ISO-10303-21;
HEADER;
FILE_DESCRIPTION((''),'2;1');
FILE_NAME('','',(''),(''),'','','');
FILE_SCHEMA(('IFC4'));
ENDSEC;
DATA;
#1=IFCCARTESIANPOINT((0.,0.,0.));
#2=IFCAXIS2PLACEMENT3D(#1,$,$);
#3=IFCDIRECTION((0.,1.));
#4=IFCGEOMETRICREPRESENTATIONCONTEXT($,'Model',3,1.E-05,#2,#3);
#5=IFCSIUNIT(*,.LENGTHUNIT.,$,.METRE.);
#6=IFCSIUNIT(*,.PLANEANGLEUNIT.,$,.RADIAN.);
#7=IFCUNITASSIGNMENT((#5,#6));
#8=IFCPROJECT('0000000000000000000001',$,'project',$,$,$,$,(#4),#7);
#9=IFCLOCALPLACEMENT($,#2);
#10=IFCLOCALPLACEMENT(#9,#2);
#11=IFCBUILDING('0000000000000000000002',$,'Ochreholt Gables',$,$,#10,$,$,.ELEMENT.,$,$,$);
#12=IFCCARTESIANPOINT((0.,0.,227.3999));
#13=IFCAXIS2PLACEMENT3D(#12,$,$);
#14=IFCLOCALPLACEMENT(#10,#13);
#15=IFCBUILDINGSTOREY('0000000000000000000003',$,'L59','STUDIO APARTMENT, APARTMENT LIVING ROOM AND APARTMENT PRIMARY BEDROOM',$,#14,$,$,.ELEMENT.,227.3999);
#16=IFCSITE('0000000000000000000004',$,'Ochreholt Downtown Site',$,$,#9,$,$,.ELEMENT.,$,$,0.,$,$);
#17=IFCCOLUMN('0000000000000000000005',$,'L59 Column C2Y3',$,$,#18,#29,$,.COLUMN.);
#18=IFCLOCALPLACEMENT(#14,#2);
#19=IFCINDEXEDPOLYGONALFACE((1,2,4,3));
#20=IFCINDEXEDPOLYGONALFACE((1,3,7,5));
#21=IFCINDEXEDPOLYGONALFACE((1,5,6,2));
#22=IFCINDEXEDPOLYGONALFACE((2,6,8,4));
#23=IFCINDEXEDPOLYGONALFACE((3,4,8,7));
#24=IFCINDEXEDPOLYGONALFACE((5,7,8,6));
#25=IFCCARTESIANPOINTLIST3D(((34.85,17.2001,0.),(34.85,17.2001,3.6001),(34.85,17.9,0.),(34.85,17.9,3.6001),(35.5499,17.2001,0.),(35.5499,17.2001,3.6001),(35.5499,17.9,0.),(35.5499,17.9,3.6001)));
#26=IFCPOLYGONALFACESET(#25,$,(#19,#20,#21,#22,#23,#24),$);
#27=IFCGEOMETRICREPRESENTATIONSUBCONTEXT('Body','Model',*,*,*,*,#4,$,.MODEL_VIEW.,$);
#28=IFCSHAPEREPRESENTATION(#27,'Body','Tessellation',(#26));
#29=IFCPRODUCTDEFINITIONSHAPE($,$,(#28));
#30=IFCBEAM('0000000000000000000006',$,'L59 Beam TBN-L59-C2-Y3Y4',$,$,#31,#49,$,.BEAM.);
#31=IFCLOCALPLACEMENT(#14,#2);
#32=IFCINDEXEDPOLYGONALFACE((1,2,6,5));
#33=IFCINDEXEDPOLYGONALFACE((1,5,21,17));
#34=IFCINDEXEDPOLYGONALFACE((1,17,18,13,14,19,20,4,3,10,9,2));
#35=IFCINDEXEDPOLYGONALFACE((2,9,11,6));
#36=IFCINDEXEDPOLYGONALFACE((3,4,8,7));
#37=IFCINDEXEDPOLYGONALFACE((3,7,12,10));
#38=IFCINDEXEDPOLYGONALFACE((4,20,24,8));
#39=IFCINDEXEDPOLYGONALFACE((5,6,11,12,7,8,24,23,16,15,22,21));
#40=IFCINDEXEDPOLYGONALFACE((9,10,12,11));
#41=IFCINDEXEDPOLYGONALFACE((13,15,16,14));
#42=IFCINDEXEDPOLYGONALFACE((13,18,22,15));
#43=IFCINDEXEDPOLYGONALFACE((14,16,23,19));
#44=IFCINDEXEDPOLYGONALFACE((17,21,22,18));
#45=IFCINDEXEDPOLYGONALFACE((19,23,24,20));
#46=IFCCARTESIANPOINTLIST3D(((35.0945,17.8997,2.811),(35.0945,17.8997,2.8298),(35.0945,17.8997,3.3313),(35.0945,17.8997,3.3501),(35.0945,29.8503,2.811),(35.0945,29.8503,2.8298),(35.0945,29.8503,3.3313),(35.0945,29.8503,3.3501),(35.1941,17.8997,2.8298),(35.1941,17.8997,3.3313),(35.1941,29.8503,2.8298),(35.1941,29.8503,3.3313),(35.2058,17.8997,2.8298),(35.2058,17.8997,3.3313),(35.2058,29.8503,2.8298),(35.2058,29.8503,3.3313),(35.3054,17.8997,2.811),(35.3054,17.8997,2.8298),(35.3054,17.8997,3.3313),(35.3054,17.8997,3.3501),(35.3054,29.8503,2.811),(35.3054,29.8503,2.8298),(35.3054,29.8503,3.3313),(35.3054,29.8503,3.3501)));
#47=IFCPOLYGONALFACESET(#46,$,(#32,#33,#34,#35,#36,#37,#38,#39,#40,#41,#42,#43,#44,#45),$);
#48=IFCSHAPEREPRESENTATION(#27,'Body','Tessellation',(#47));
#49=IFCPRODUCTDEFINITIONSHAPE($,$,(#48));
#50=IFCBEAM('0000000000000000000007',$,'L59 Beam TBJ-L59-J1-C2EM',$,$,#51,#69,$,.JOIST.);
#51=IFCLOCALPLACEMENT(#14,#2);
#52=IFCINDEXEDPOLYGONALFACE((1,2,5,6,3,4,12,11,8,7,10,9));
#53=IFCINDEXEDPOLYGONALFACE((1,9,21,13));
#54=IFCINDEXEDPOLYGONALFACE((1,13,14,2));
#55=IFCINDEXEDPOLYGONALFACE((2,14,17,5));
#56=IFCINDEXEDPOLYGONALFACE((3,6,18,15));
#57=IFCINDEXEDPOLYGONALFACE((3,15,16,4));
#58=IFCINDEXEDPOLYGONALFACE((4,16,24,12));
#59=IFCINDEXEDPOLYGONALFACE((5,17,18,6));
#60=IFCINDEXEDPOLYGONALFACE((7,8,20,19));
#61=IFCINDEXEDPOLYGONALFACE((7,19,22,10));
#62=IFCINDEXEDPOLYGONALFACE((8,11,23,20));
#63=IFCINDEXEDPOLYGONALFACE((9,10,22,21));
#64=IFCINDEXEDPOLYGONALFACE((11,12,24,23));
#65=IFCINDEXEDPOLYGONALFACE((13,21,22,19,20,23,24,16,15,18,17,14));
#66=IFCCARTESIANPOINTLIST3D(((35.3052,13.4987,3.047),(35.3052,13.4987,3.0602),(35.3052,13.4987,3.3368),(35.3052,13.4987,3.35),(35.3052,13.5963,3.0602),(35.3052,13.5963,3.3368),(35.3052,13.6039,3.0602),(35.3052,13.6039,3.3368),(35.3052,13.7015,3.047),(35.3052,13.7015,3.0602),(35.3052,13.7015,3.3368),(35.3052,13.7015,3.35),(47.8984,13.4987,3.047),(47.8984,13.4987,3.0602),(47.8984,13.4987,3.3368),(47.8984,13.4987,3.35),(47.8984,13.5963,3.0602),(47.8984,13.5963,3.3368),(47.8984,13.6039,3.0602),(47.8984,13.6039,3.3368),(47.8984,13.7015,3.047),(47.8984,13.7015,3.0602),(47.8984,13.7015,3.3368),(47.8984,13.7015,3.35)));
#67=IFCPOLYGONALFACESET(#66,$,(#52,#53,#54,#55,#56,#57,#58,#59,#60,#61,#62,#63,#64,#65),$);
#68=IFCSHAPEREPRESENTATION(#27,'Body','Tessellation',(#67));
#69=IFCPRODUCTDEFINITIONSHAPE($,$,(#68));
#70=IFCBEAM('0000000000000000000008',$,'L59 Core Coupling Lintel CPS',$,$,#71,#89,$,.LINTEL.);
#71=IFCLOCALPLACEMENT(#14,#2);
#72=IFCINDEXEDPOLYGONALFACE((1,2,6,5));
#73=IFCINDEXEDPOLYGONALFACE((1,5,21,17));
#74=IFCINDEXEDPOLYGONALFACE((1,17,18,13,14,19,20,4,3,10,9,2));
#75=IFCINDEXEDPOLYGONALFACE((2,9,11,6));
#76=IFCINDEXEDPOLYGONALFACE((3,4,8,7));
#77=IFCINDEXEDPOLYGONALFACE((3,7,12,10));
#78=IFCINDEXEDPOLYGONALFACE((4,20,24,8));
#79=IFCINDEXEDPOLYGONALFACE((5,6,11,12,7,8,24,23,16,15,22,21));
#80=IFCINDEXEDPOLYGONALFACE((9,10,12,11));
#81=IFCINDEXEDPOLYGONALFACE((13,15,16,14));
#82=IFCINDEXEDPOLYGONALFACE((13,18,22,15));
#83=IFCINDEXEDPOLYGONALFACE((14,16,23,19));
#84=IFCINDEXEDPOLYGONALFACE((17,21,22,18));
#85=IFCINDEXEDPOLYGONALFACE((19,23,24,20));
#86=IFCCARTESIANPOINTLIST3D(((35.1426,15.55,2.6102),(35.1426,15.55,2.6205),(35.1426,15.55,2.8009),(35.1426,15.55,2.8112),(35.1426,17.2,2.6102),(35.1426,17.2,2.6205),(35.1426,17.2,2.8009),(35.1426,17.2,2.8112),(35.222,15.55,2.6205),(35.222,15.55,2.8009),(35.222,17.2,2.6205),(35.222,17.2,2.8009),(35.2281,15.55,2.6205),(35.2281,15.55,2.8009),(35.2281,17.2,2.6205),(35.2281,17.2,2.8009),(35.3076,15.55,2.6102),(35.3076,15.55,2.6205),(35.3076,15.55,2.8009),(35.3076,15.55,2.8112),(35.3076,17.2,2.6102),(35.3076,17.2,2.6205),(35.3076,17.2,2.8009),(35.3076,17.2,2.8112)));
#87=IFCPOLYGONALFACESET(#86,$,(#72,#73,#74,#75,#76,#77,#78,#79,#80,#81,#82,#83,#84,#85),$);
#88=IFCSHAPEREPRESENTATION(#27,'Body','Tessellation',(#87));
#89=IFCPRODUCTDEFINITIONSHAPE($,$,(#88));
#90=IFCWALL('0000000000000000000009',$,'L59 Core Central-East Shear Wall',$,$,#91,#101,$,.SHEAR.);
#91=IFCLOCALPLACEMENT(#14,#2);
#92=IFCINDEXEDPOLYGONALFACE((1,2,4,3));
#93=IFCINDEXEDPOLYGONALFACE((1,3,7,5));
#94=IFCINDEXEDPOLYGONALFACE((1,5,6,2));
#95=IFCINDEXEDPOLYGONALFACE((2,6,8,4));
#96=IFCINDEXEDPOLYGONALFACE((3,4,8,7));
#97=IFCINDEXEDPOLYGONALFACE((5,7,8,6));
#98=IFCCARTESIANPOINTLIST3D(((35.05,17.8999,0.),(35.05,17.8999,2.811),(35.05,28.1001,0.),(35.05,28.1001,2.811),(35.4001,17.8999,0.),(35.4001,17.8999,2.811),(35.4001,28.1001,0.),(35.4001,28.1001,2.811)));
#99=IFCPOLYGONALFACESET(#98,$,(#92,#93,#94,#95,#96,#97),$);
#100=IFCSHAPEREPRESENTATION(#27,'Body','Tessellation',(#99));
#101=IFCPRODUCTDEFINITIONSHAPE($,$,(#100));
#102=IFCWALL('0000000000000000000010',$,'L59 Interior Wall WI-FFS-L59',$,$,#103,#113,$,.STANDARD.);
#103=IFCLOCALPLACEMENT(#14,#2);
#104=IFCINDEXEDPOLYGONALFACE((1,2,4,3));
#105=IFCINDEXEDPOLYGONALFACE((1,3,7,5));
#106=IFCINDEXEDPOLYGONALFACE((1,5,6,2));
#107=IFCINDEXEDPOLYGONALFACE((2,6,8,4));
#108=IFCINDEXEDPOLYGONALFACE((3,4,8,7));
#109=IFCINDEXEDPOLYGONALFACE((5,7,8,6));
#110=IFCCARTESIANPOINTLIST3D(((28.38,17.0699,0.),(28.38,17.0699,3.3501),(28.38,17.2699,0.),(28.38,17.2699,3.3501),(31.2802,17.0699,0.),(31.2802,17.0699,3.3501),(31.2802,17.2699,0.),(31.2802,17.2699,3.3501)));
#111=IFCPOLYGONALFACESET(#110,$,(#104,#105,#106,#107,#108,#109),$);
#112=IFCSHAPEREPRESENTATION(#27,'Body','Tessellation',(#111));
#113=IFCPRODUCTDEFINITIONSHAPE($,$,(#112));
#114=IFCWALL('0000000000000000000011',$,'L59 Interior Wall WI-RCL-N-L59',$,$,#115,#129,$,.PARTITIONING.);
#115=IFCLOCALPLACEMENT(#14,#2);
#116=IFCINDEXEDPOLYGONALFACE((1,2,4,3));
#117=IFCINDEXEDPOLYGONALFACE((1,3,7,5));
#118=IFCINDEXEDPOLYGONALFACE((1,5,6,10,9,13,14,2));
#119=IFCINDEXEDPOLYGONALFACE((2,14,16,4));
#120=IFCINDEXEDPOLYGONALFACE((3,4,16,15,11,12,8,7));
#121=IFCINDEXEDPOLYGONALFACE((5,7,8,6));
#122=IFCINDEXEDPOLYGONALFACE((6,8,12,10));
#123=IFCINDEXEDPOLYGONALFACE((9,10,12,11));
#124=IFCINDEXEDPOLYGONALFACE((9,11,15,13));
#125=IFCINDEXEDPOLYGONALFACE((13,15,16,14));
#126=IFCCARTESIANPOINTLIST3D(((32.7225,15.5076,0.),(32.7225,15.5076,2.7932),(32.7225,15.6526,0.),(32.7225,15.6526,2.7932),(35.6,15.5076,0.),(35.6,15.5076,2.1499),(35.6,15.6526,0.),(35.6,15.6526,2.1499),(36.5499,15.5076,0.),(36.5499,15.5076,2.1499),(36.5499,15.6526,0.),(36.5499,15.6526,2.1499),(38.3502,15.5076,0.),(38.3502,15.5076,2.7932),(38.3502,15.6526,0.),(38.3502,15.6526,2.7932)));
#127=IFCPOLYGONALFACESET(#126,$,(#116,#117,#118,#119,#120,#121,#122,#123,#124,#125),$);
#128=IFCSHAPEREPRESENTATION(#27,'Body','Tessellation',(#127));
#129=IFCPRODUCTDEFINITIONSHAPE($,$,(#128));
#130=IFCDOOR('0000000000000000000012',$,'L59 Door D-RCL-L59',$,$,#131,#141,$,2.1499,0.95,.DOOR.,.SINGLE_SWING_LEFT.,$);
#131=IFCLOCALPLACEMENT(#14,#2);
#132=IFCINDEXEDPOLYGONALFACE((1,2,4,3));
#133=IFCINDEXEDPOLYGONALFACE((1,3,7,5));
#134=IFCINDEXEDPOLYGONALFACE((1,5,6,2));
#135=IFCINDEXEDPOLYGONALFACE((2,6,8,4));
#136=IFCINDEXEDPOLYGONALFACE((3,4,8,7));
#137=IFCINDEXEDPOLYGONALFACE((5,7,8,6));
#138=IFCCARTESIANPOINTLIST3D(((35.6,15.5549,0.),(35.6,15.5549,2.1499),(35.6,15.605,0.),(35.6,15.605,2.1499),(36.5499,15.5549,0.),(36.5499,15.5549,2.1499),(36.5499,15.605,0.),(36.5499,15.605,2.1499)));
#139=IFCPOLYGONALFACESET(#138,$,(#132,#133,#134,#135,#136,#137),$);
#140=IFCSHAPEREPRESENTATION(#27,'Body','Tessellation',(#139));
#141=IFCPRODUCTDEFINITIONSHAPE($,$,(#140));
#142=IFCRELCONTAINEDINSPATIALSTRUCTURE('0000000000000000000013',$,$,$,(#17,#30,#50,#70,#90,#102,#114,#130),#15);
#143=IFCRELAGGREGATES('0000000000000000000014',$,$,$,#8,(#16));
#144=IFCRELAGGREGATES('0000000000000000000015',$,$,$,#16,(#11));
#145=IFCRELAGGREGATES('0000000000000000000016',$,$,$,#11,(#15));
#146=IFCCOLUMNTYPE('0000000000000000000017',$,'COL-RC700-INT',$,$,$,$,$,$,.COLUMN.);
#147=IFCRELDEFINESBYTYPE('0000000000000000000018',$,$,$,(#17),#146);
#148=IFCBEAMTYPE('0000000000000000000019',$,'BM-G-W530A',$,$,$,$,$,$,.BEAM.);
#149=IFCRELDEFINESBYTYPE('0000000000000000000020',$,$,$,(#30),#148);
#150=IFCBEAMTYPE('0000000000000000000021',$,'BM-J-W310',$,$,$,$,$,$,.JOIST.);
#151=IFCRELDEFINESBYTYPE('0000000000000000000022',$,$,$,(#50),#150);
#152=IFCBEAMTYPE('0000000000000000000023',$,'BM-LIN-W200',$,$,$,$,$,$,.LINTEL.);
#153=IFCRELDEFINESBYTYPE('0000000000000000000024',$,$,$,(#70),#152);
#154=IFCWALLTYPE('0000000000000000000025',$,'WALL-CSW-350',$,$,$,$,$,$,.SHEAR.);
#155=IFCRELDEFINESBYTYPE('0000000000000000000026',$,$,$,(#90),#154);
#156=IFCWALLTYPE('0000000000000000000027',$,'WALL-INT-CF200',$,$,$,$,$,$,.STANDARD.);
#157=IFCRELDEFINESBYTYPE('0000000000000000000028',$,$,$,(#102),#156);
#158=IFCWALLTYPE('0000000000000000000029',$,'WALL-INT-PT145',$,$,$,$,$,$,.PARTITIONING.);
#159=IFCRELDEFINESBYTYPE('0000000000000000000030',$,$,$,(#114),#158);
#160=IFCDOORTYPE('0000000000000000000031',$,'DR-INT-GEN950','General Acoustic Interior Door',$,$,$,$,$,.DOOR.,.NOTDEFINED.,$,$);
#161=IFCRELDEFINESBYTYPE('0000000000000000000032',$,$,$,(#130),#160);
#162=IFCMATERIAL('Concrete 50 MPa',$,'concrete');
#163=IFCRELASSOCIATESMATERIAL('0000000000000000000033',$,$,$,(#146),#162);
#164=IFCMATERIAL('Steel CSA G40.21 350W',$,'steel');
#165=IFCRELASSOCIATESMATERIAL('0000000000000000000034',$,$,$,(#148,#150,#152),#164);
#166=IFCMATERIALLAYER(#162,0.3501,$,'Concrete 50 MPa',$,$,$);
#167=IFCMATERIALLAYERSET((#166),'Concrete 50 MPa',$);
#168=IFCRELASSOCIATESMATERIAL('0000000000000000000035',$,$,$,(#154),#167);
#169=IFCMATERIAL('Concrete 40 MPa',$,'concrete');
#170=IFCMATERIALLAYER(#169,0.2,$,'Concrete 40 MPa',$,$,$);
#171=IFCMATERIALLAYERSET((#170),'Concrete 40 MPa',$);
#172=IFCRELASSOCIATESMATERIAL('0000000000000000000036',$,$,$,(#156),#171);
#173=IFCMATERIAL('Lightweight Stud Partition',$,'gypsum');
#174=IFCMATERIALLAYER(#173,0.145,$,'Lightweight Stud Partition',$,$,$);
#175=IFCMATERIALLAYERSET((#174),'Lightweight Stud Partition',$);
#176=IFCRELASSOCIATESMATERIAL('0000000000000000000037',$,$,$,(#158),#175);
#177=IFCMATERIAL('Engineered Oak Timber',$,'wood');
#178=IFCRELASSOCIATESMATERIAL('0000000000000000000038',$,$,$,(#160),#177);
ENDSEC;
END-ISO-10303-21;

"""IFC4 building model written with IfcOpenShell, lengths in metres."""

from ifc_helpers import new_model, si_unit, direction, frame, frame_2d, origin, origin_2d, place, context, subcontext, project, spatial, rectangle, i_section, extrude, material, layer, layer_set, material_profile, profile_set, type_object, element, fill, save


model = new_model("IFC4")

# Units and contexts
model_context = context("Model", 3, precision=1e-05, world=origin(), true_north=direction((0.0, 1.0)))
body_context = subcontext(model_context, "Body", "Model", "MODEL_VIEW")
ifc_project = project(units=[si_unit("LENGTHUNIT", "METRE"), si_unit("PLANEANGLEUNIT", "RADIAN")], contexts=[model_context])

# Site, building, storey
site_placement = place(None, origin())
site = spatial("IfcSite", under=ifc_project, at=site_placement, Name="Ochreholt Downtown Site", CompositionType="ELEMENT", RefElevation=0.0)
building_placement = place(site_placement, origin())
building = spatial("IfcBuilding", under=site, at=building_placement, Name="Ochreholt Gables", CompositionType="ELEMENT")
storey_placement = place(building_placement, frame((0.0, 0.0, 227.3999)))
storey = spatial("IfcBuildingStorey", under=building, at=storey_placement, Name="L59", Description="STUDIO APARTMENT, APARTMENT LIVING ROOM AND APARTMENT PRIMARY BEDROOM", CompositionType="ELEMENT", Elevation=227.3999)

# Column
ifc_material_1 = material(Name="Concrete 50 MPa", Category="concrete")
ifc_material_profile_1 = material_profile(ifc_material_1, rectangle(XDim=0.7, YDim=0.7, at=origin_2d()), Name="RC700X700")
ifc_profile_set_1 = profile_set([ifc_material_profile_1], Name="Concrete 50 MPa")
column_type = type_object("IfcColumnType", Name="COL-RC700-INT", PredefinedType="COLUMN", material=ifc_profile_set_1)
column_placement = place(storey_placement, frame((35.2, 17.55, 0.0), z_axis=(0.0, 0.0, 1.0), x_axis=(1.0, 0.0, 0.0)))
element("IfcColumn", 1, at=column_placement, inside=storey, type_object=column_type, Name="L59 Column C2Y3", PredefinedType="COLUMN", context=body_context, shape_type="SweptSolid", body=[
    extrude(rectangle(XDim=0.7, YDim=0.7, at=origin_2d()), origin(), (0.0, 0.0, 1.0), 3.6001),
])

# Beams
ifc_material_2 = material(Name="Steel CSA G40.21 350W", Category="steel")
ifc_material_profile_2 = material_profile(ifc_material_2, i_section(OverallWidth=0.2109, OverallDepth=0.5391, WebThickness=0.0117, FlangeThickness=0.0188, at=origin_2d()), Name="W530X109")
ifc_profile_set_2 = profile_set([ifc_material_profile_2], Name="Steel CSA G40.21 350W")
beam_type_1 = type_object("IfcBeamType", Name="BM-G-W530A", PredefinedType="BEAM", material=ifc_profile_set_2)
beam_1_placement = place(storey_placement, frame((35.2, 17.8997, 3.0806), z_axis=(0.0, 1.0, 0.0), x_axis=(-1.0, 0.0, 0.0)))
element("IfcBeam", 2, at=beam_1_placement, inside=storey, type_object=beam_type_1, Name="L59 Beam TBN-L59-C2-Y3Y4", PredefinedType="BEAM", context=body_context, shape_type="SweptSolid", body=[
    extrude(i_section(OverallWidth=0.2109, OverallDepth=0.5391, WebThickness=0.0117, FlangeThickness=0.0188, at=origin_2d()), origin(), (0.0, 0.0, 1.0), 11.9507),
])
ifc_material_profile_3 = material_profile(ifc_material_2, i_section(OverallWidth=0.2029, OverallDepth=0.303, WebThickness=0.0076, FlangeThickness=0.0132, at=origin_2d()), Name="W310X60")
ifc_profile_set_3 = profile_set([ifc_material_profile_3], Name="Steel CSA G40.21 350W")
beam_type_2 = type_object("IfcBeamType", Name="BM-J-W310", PredefinedType="JOIST", material=ifc_profile_set_3)
beam_2_placement = place(storey_placement, frame((35.3052, 13.6001, 3.1985), z_axis=(1.0, 0.0, 0.0), x_axis=(0.0, 1.0, 0.0)))
element("IfcBeam", 3, at=beam_2_placement, inside=storey, type_object=beam_type_2, Name="L59 Beam TBJ-L59-J1-C2EM", PredefinedType="JOIST", context=body_context, shape_type="SweptSolid", body=[
    extrude(i_section(OverallWidth=0.2029, OverallDepth=0.303, WebThickness=0.0076, FlangeThickness=0.0132, at=origin_2d()), origin(), (0.0, 0.0, 1.0), 12.5933),
])
ifc_material_profile_4 = material_profile(ifc_material_2, i_section(OverallWidth=0.165, OverallDepth=0.2009, WebThickness=0.0061, FlangeThickness=0.0103, at=origin_2d()), Name="W200X36")
ifc_profile_set_4 = profile_set([ifc_material_profile_4], Name="Steel CSA G40.21 350W")
beam_type_3 = type_object("IfcBeamType", Name="BM-LIN-W200", PredefinedType="LINTEL", material=ifc_profile_set_4)
beam_3_placement = place(storey_placement, frame((35.2251, 15.55, 2.7107), z_axis=(0.0, 1.0, 0.0), x_axis=(-1.0, 0.0, 0.0)))
element("IfcBeam", 4, at=beam_3_placement, inside=storey, type_object=beam_type_3, Name="L59 Core Coupling Lintel CPS", PredefinedType="LINTEL", context=body_context, shape_type="SweptSolid", body=[
    extrude(i_section(OverallWidth=0.165, OverallDepth=0.2009, WebThickness=0.0061, FlangeThickness=0.0103, at=origin_2d()), origin(), (0.0, 0.0, 1.0), 1.6499),
])

# Walls
ifc_layer_1 = layer(ifc_material_1, 0.3501, Name="Concrete 50 MPa")
ifc_layer_set_1 = layer_set([ifc_layer_1], Name="Concrete 50 MPa")
wall_type_1 = type_object("IfcWallType", Name="WALL-CSW-350", PredefinedType="SHEAR", material=ifc_layer_set_1)
wall_1_placement = place(storey_placement, frame((35.2251, 17.8999, 0.0), z_axis=(0.0, 0.0, 1.0), x_axis=(0.0, 1.0, 0.0)))
element("IfcWall", 5, at=wall_1_placement, inside=storey, type_object=wall_type_1, Name="L59 Core Central-East Shear Wall", PredefinedType="SHEAR", context=body_context, shape_type="SweptSolid", body=[
    extrude(rectangle(XDim=10.2002, YDim=0.3501, at=frame_2d((5.1001, 0.0))), origin(), (0.0, 0.0, 1.0), 2.811),
])
ifc_material_3 = material(Name="Concrete 40 MPa", Category="concrete")
ifc_layer_2 = layer(ifc_material_3, 0.2, Name="Concrete 40 MPa")
ifc_layer_set_2 = layer_set([ifc_layer_2], Name="Concrete 40 MPa")
wall_type_2 = type_object("IfcWallType", Name="WALL-INT-CF200", PredefinedType="STANDARD", material=ifc_layer_set_2)
wall_2_placement = place(storey_placement, frame((28.3799, 17.1699, 0.0), z_axis=(0.0, 0.0, 1.0), x_axis=(1.0, 0.0, 0.0)))
element("IfcWall", 6, at=wall_2_placement, inside=storey, type_object=wall_type_2, Name="L59 Interior Wall WI-FFS-L59", PredefinedType="STANDARD", context=body_context, shape_type="SweptSolid", body=[
    extrude(rectangle(XDim=2.9001, YDim=0.2, at=frame_2d((1.4502, 0.0))), origin(), (0.0, 0.0, 1.0), 3.3501),
])

# Wall, opening, door
ifc_material_4 = material(Name="Lightweight Stud Partition", Category="gypsum")
ifc_layer_3 = layer(ifc_material_4, 0.145, Name="Lightweight Stud Partition")
ifc_layer_set_3 = layer_set([ifc_layer_3], Name="Lightweight Stud Partition")
wall_type_3 = type_object("IfcWallType", Name="WALL-INT-PT145", PredefinedType="PARTITIONING", material=ifc_layer_set_3)
wall_3_placement = place(storey_placement, frame((32.7224, 15.5801, 0.0), z_axis=(0.0, 0.0, 1.0), x_axis=(1.0, 0.0, 0.0)))
wall_3 = element("IfcWall", 7, at=wall_3_placement, inside=storey, type_object=wall_type_3, Name="L59 Interior Wall WI-RCL-N-L59", PredefinedType="PARTITIONING", context=body_context, shape_type="SweptSolid", body=[
    extrude(rectangle(XDim=5.6277, YDim=0.145, at=frame_2d((2.814, 0.0))), origin(), (0.0, 0.0, 1.0), 2.7932),
])
opening_1_placement = place(wall_3_placement, frame((2.8774, 0.0, 0.0)))
opening_1 = element("IfcOpeningElement", 8, at=opening_1_placement, cuts=wall_3, PredefinedType="OPENING", context=body_context, shape_type="SweptSolid", body=[
    extrude(rectangle(XDim=0.95, YDim=2.1499, at=frame_2d((0.4751, 1.075))), frame((0.0, 0.0825, 0.0), z_axis=(0.0, -1.0, 0.0), x_axis=(1.0, 0.0, 0.0)), (0.0, 0.0, 1.0), 0.165),
])
ifc_material_5 = material(Name="Engineered Oak Timber", Category="wood")
door_type_1 = type_object("IfcDoorType", Name="DR-INT-GEN950", Description="General Acoustic Interior Door", OperationType="NOTDEFINED", PredefinedType="DOOR", material=ifc_material_5)
door_1_placement = place(opening_1_placement, origin())
door_1 = element("IfcDoor", 9, at=door_1_placement, inside=storey, type_object=door_type_1, Name="L59 Door D-RCL-L59", OperationType="SINGLE_SWING_LEFT", OverallHeight=2.1499, OverallWidth=0.95, PredefinedType="DOOR", context=body_context, shape_type="SweptSolid", body=[
    extrude(rectangle(XDim=0.95, YDim=2.1499, at=frame_2d((0.4751, 1.075))), frame((0.0, 0.0249, 0.0), z_axis=(0.0, -1.0, 0.0), x_axis=(1.0, 0.0, 0.0)), (0.0, 0.0, 1.0), 0.05),
])
fill(opening_1, door_1)

save(model, "model.ifc")
